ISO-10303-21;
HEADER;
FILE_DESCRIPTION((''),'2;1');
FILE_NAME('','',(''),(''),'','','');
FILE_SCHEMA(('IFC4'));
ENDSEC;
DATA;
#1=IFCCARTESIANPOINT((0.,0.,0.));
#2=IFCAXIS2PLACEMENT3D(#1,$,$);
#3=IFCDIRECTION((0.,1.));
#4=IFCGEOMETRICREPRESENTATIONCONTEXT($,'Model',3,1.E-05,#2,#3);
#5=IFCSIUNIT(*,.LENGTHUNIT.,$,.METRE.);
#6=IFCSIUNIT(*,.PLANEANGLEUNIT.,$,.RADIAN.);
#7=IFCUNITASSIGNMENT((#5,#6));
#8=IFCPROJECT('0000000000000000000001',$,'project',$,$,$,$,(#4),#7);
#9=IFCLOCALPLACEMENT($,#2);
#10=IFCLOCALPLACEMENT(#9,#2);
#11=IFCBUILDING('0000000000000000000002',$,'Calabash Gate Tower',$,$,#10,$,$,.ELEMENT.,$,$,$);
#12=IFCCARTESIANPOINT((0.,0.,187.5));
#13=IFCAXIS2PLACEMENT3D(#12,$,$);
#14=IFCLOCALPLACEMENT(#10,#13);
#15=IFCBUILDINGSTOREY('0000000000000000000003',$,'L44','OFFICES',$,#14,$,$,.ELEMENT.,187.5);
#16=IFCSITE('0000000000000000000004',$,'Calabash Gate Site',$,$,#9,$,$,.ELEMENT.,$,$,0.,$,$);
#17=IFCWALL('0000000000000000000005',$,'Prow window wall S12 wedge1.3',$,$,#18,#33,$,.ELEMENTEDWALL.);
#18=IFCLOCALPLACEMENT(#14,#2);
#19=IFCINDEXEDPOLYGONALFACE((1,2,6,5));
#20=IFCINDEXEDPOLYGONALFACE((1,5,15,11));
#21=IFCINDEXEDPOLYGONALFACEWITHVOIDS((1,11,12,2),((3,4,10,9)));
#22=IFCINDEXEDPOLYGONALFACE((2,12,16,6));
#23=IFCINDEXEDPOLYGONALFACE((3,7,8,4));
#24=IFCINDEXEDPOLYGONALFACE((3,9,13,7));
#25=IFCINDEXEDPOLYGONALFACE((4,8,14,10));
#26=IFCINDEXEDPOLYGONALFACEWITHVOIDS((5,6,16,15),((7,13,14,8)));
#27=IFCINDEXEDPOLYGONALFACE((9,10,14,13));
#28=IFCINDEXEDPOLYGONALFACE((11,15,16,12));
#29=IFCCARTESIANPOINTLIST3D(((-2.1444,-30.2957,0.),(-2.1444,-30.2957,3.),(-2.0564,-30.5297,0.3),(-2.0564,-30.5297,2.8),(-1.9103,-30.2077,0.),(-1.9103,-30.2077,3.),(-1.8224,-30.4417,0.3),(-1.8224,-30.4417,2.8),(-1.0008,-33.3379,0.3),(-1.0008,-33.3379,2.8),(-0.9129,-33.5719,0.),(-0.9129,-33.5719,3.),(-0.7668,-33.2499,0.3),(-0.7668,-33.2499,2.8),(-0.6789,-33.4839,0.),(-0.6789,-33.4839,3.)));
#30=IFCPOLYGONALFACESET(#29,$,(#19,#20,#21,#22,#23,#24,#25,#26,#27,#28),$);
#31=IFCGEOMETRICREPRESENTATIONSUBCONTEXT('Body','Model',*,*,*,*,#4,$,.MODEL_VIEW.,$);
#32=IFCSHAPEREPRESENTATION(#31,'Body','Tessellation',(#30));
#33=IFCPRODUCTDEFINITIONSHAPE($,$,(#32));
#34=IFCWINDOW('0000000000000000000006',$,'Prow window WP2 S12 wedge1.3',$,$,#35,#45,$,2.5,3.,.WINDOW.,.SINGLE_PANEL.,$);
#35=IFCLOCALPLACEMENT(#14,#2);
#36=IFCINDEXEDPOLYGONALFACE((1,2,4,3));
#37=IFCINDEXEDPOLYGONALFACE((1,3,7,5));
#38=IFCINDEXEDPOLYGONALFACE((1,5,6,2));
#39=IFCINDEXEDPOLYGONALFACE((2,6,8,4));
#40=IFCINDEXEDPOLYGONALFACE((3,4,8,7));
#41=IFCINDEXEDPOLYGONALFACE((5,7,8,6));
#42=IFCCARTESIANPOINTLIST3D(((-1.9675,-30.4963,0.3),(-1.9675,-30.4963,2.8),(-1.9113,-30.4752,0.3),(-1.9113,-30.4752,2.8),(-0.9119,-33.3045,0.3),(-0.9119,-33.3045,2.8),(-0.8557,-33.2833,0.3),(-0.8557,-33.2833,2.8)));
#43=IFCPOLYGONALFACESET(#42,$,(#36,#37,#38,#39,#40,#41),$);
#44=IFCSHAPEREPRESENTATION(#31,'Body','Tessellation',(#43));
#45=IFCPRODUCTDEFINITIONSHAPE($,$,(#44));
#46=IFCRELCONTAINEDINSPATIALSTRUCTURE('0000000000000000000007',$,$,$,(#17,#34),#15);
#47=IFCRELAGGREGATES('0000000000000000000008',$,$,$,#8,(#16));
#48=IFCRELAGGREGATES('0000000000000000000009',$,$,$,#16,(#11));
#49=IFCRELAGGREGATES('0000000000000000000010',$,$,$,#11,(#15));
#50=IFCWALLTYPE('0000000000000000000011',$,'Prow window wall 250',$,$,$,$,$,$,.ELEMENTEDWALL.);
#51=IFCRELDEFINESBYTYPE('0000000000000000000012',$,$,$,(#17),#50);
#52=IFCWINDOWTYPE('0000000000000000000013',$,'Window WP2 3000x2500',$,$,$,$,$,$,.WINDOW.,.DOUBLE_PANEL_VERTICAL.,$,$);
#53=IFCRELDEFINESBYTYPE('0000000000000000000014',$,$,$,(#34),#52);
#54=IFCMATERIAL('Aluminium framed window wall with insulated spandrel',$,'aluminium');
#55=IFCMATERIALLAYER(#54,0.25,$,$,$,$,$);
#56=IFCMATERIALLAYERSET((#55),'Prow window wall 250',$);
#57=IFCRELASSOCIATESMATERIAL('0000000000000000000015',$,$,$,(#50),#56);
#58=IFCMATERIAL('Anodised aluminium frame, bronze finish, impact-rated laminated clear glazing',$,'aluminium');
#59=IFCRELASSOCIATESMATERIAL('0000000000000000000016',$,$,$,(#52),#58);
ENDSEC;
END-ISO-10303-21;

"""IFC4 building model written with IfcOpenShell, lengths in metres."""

from ifc_helpers import new_model, si_unit, direction, frame, frame_2d, origin, place, context, subcontext, project, spatial, rectangle, extrude, material, layer, layer_set, type_object, element, fill, save


model = new_model("IFC4")

# Units and contexts
model_context = context("Model", 3, precision=1e-05, world=origin(), true_north=direction((0.0, 1.0)))
body_context = subcontext(model_context, "Body", "Model", "MODEL_VIEW")
ifc_project = project(units=[si_unit("LENGTHUNIT", "METRE"), si_unit("PLANEANGLEUNIT", "RADIAN")], contexts=[model_context])

# Site, building, storey
site_placement = place(None, origin())
site = spatial("IfcSite", under=ifc_project, at=site_placement, Name="Calabash Gate Site", CompositionType="ELEMENT", RefElevation=0.0)
building_placement = place(site_placement, origin())
building = spatial("IfcBuilding", under=site, at=building_placement, Name="Calabash Gate Tower", CompositionType="ELEMENT")
storey_placement = place(building_placement, frame((0.0, 0.0, 187.5)))
storey = spatial("IfcBuildingStorey", under=building, at=storey_placement, Name="L44", Description="OFFICES", CompositionType="ELEMENT", Elevation=187.5)

# Wall, opening, window
ifc_material_1 = material(Name="Aluminium framed window wall with insulated spandrel", Category="aluminium")
ifc_layer_1 = layer(ifc_material_1, 0.25)
ifc_layer_set_1 = layer_set([ifc_layer_1], Name="Prow window wall 250")
wall_type_1 = type_object("IfcWallType", Name="Prow window wall 250", PredefinedType="ELEMENTEDWALL", material=ifc_layer_set_1)
ifc_material_2 = material(Name="Anodised aluminium frame, bronze finish, impact-rated laminated clear glazing", Category="aluminium")
window_type_1 = type_object("IfcWindowType", Name="Window WP2 3000x2500", PartitioningType="DOUBLE_PANEL_VERTICAL", PredefinedType="WINDOW", material=ifc_material_2)
wall_1_placement = place(storey_placement, frame((-2.0273, -30.2517, 0.0), z_axis=(0.0, 0.0, 1.0), x_axis=(0.35185, -0.936057, 0.0)))
wall_1 = element("IfcWall", 1, at=wall_1_placement, inside=storey, type_object=wall_type_1, Name="Prow window wall S12 wedge1.3", PredefinedType="ELEMENTEDWALL", context=body_context, shape_type="SweptSolid", body=[
    extrude(rectangle(XDim=3.5, YDim=0.25, at=frame_2d((1.75, 0.0))), origin(), (0.0, 0.0, 1.0), 3.0),
])
opening_1_placement = place(wall_1_placement, frame((0.25, 0.0, 0.3)))
opening_1 = element("IfcOpeningElement", 2, at=opening_1_placement, cuts=wall_1, PredefinedType="OPENING", context=body_context, shape_type="SweptSolid", body=[
    extrude(rectangle(XDim=3.0, YDim=2.5, at=frame_2d((1.5, 1.25))), frame((0.0, 0.135, 0.0), z_axis=(0.0, -1.0, 0.0), x_axis=(1.0, 0.0, 0.0)), (0.0, 0.0, 1.0), 0.27),
])
window_1_placement = place(opening_1_placement, origin())
window_1 = element("IfcWindow", 3, at=window_1_placement, inside=storey, type_object=window_type_1, Name="Prow window WP2 S12 wedge1.3", OverallHeight=2.5, OverallWidth=3.0, PartitioningType="SINGLE_PANEL", PredefinedType="WINDOW", context=body_context, shape_type="SweptSolid", body=[
    extrude(rectangle(XDim=3.0, YDim=2.5, at=frame_2d((1.5, 1.25))), frame((0.0, 0.03, 0.0), z_axis=(0.0, -1.0, 0.0), x_axis=(1.0, 0.0, 0.0)), (0.0, 0.0, 1.0), 0.0601),
])
fill(opening_1, window_1)

save(model, "model.ifc")
